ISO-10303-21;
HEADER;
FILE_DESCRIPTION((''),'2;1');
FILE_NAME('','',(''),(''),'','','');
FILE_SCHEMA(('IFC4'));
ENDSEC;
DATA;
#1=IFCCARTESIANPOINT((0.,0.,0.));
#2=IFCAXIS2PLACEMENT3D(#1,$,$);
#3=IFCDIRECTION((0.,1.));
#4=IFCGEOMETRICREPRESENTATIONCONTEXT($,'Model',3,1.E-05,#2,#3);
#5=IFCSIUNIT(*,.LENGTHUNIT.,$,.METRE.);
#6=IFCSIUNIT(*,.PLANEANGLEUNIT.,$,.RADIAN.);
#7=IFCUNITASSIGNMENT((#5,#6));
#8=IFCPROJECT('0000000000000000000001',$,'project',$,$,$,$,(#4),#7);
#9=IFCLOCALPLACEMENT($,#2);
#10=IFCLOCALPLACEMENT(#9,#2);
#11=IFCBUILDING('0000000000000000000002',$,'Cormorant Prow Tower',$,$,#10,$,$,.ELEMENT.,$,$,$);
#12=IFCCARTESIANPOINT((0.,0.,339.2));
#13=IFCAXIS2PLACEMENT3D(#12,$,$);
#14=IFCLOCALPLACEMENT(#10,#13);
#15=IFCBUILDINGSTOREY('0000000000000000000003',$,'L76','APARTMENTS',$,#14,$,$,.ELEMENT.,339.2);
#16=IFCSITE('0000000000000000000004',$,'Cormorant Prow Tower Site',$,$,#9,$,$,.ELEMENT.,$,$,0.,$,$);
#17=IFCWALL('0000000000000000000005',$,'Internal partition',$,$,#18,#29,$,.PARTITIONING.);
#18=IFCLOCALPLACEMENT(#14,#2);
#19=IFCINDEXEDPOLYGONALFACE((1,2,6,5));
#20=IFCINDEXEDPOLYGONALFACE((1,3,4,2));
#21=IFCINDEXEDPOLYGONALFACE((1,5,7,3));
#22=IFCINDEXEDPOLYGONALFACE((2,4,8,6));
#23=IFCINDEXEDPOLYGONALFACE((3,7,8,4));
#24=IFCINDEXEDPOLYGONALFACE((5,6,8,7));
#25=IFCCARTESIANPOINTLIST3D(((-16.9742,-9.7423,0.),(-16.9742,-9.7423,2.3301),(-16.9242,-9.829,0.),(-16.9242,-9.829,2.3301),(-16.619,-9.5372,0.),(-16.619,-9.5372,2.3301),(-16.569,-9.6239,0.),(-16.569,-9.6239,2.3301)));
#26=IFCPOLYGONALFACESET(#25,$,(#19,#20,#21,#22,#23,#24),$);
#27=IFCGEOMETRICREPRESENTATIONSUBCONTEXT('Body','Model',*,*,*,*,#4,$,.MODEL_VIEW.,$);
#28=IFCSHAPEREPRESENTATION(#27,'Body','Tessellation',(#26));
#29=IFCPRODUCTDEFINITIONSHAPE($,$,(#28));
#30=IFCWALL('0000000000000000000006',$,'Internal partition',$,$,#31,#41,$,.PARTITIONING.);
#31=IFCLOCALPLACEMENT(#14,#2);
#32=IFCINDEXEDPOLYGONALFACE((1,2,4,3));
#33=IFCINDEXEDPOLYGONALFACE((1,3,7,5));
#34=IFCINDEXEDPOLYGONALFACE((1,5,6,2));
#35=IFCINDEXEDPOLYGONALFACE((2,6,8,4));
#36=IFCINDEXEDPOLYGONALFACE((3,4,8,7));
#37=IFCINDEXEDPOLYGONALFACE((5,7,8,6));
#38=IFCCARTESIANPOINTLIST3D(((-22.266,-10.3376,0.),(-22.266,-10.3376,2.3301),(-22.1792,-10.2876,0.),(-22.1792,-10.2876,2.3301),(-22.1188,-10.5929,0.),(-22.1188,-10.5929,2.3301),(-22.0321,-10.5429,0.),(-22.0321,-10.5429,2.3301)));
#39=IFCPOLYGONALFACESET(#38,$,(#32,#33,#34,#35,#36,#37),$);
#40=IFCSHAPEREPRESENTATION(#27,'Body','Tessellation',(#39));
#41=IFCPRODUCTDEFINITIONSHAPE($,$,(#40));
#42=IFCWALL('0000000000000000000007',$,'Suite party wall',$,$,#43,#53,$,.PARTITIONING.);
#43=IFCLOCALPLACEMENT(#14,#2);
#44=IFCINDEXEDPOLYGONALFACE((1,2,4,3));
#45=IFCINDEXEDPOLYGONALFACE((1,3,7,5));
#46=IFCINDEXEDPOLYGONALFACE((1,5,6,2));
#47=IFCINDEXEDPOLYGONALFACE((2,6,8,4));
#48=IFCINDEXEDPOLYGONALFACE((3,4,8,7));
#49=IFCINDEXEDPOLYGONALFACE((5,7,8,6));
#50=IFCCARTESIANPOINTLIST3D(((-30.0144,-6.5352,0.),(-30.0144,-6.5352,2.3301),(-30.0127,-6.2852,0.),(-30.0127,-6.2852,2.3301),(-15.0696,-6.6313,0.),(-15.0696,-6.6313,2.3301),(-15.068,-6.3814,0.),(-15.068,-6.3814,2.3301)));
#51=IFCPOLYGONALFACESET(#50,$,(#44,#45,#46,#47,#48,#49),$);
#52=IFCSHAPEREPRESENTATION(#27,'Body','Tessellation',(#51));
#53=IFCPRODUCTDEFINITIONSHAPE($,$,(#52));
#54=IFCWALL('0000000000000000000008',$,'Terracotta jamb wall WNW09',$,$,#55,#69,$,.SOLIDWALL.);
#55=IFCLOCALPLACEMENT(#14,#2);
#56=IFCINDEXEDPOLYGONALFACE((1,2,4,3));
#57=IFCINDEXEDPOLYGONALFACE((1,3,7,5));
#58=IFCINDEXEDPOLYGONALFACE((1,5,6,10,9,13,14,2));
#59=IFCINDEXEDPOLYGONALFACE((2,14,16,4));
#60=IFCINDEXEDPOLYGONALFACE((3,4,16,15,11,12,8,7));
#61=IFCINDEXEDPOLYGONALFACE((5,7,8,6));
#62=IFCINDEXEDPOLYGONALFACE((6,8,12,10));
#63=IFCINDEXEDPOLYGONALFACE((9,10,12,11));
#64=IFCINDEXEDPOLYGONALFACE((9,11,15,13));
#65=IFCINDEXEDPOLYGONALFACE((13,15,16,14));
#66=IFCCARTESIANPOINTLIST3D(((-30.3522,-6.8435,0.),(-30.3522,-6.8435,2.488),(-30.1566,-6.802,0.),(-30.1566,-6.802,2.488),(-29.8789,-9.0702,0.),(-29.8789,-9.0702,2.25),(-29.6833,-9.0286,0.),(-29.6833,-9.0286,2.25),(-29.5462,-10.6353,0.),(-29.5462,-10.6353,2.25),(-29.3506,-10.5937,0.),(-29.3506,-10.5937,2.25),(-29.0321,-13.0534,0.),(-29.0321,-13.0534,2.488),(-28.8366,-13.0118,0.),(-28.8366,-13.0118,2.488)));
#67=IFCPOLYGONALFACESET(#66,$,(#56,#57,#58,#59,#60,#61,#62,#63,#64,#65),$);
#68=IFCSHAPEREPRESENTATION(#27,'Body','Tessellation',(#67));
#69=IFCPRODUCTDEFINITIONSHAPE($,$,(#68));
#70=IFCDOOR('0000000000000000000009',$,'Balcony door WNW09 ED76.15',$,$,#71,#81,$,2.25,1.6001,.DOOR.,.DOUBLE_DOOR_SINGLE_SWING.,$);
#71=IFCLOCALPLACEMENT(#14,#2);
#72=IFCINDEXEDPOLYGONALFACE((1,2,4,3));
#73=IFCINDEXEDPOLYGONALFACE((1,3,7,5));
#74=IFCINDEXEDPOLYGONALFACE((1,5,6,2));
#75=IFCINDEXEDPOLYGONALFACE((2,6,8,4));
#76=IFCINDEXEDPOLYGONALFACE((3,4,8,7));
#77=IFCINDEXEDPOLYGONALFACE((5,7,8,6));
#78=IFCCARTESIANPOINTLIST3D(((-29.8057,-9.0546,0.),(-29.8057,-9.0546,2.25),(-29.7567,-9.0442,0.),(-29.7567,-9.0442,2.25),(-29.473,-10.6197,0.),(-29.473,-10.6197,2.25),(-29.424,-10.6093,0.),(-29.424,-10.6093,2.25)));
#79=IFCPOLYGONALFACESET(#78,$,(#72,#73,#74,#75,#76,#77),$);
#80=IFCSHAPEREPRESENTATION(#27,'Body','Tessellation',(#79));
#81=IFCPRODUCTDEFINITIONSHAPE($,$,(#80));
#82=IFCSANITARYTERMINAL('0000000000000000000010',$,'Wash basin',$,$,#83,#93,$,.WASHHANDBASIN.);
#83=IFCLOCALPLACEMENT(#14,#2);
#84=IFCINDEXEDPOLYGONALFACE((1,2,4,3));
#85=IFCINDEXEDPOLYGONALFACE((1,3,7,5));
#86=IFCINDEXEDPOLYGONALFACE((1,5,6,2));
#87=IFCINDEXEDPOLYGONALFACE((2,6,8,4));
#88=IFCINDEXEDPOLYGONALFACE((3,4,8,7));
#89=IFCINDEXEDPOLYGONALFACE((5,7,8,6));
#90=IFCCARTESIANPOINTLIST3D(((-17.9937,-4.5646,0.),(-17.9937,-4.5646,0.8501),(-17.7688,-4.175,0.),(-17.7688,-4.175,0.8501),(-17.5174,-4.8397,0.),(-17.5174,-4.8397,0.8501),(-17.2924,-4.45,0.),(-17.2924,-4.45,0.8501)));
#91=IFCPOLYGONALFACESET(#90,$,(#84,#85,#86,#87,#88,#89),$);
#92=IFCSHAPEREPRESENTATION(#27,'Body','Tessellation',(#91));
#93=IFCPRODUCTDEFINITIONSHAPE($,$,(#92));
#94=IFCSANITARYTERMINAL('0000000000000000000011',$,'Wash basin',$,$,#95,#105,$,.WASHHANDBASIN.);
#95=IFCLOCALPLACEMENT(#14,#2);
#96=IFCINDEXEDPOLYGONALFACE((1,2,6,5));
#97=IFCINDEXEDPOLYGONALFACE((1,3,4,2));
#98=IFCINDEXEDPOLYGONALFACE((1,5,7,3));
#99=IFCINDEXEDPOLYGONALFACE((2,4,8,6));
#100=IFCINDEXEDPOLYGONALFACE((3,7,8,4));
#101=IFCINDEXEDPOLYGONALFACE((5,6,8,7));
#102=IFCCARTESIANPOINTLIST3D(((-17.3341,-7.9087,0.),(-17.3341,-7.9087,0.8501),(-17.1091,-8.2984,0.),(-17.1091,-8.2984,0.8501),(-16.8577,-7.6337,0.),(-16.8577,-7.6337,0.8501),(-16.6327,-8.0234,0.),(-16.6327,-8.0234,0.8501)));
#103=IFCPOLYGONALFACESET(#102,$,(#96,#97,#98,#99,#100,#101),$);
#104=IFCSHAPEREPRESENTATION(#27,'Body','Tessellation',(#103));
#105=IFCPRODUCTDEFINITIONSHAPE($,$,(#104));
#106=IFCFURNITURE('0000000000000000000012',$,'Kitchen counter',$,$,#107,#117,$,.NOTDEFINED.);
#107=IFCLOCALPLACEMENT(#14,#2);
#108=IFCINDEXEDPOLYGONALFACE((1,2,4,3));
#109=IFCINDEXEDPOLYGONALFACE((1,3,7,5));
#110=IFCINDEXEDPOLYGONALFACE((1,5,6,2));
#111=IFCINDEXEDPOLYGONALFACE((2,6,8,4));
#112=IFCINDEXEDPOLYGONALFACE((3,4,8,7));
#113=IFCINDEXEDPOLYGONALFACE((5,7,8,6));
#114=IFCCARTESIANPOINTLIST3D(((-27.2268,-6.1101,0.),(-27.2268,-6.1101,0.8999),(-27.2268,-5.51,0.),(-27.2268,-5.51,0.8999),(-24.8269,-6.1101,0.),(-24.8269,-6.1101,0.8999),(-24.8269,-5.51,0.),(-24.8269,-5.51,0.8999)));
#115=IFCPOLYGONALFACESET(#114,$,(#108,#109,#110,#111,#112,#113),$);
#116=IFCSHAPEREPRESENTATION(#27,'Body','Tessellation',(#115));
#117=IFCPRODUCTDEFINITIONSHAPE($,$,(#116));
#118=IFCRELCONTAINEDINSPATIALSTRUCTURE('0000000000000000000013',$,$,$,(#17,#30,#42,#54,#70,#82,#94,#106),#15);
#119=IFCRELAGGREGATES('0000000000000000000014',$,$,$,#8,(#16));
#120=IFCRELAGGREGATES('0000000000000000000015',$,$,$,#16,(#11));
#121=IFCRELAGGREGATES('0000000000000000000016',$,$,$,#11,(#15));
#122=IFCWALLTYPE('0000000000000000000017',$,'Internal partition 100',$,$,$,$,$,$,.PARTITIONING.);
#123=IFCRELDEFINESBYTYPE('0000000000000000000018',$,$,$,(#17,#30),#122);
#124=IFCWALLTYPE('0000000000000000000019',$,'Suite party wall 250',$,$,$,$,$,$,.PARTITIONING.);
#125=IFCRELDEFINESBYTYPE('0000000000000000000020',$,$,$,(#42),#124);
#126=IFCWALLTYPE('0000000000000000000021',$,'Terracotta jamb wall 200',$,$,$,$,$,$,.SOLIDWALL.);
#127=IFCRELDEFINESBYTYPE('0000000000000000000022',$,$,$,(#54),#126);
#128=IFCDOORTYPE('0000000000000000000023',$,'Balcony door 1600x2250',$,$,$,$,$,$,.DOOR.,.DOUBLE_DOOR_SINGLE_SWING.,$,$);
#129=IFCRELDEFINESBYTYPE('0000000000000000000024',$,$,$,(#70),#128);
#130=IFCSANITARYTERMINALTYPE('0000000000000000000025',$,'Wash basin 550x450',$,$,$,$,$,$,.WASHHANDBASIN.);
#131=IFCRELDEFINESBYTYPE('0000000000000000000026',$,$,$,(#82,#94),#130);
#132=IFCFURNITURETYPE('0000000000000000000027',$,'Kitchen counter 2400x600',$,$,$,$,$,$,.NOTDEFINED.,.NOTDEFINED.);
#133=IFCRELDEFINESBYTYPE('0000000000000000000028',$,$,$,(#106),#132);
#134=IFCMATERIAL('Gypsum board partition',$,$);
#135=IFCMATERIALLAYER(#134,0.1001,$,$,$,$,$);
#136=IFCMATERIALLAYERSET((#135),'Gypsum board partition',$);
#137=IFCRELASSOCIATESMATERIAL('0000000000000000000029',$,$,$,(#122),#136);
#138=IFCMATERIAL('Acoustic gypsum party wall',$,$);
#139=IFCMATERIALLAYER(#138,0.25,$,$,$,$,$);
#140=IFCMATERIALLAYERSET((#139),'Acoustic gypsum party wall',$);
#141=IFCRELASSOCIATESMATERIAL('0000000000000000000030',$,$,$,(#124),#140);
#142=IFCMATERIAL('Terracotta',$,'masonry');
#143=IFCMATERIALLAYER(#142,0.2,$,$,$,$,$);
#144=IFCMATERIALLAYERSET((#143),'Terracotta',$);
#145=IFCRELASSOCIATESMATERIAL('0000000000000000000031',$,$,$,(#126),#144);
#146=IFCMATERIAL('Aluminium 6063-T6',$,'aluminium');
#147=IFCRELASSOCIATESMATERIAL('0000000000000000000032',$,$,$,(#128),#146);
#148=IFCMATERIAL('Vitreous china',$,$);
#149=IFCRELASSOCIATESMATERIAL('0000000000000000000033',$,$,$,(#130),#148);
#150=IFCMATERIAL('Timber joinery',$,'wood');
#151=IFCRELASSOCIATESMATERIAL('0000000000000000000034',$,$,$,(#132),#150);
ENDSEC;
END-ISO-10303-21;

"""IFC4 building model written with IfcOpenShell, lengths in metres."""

from ifc_helpers import new_model, si_unit, direction, frame, frame_2d, origin, origin_2d, place, context, subcontext, project, spatial, rectangle, extrude, material, layer, layer_set, type_object, element, fill, save


model = new_model("IFC4")

# Units and contexts
model_context = context("Model", 3, precision=1e-05, world=origin(), true_north=direction((0.0, 1.0)))
body_context = subcontext(model_context, "Body", "Model", "MODEL_VIEW")
ifc_project = project(units=[si_unit("LENGTHUNIT", "METRE"), si_unit("PLANEANGLEUNIT", "RADIAN")], contexts=[model_context])

# Site, building, storey
site_placement = place(None, origin())
site = spatial("IfcSite", under=ifc_project, at=site_placement, Name="Cormorant Prow Tower Site", CompositionType="ELEMENT", RefElevation=0.0)
building_placement = place(site_placement, origin())
building = spatial("IfcBuilding", under=site, at=building_placement, Name="Cormorant Prow Tower", CompositionType="ELEMENT")
storey_placement = place(building_placement, frame((0.0, 0.0, 339.2)))
storey = spatial("IfcBuildingStorey", under=building, at=storey_placement, Name="L76", Description="APARTMENTS", CompositionType="ELEMENT", Elevation=339.2)

# Shared definitions
ifc_material_1 = material(Name="Gypsum board partition")
ifc_layer_1 = layer(ifc_material_1, 0.1001)
ifc_layer_set_1 = layer_set([ifc_layer_1], Name="Gypsum board partition")
wall_type_1 = type_object("IfcWallType", Name="Internal partition 100", PredefinedType="PARTITIONING", material=ifc_layer_set_1)

# Walls
wall_1_placement = place(storey_placement, frame((-16.9492, -9.7856, 0.0), z_axis=(0.0, 0.0, 1.0), x_axis=(0.866037, 0.49998, 0.0)))
element("IfcWall", 1, at=wall_1_placement, inside=storey, type_object=wall_type_1, Name="Internal partition", PredefinedType="PARTITIONING", context=body_context, shape_type="SweptSolid", body=[
    extrude(rectangle(XDim=0.4102, YDim=0.1001, at=frame_2d((0.2051, 0.0))), origin(), (0.0, 0.0, 1.0), 2.3301),
])
wall_2_placement = place(storey_placement, frame((-22.2227, -10.3125, 0.0), z_axis=(0.0, 0.0, 1.0), x_axis=(0.499436, -0.866351, 0.0)))
element("IfcWall", 2, at=wall_2_placement, inside=storey, type_object=wall_type_1, Name="Internal partition", PredefinedType="PARTITIONING", context=body_context, shape_type="SweptSolid", body=[
    extrude(rectangle(XDim=0.2947, YDim=0.1001, at=frame_2d((0.1475, 0.0))), origin(), (0.0, 0.0, 1.0), 2.3301),
])
ifc_material_2 = material(Name="Acoustic gypsum party wall")
ifc_layer_2 = layer(ifc_material_2, 0.25)
ifc_layer_set_2 = layer_set([ifc_layer_2], Name="Acoustic gypsum party wall")
wall_type_2 = type_object("IfcWallType", Name="Suite party wall 250", PredefinedType="PARTITIONING", material=ifc_layer_set_2)
wall_3_placement = place(storey_placement, frame((-30.0137, -6.4102, 0.0), z_axis=(0.0, 0.0, 1.0), x_axis=(0.999979, -0.006436, 0.0)))
element("IfcWall", 3, at=wall_3_placement, inside=storey, type_object=wall_type_2, Name="Suite party wall", PredefinedType="PARTITIONING", context=body_context, shape_type="SweptSolid", body=[
    extrude(rectangle(XDim=14.9451, YDim=0.25, at=frame_2d((7.4727, 0.0))), origin(), (0.0, 0.0, 1.0), 2.3301),
])

# Wall, opening, door
ifc_material_3 = material(Name="Terracotta", Category="masonry")
ifc_layer_3 = layer(ifc_material_3, 0.2)
ifc_layer_set_3 = layer_set([ifc_layer_3], Name="Terracotta")
wall_type_3 = type_object("IfcWallType", Name="Terracotta jamb wall 200", PredefinedType="SOLIDWALL", material=ifc_layer_set_3)
wall_4_placement = place(storey_placement, frame((-30.2544, -6.8228, 0.0), z_axis=(0.0, 0.0, 1.0), x_axis=(0.207927, -0.978144, 0.0)))
wall_4 = element("IfcWall", 4, at=wall_4_placement, inside=storey, type_object=wall_type_3, Name="Terracotta jamb wall WNW09", PredefinedType="SOLIDWALL", context=body_context, shape_type="SweptSolid", body=[
    extrude(rectangle(XDim=6.3486, YDim=0.2, at=frame_2d((3.1743, 0.0))), origin(), (0.0, 0.0, 1.0), 2.488),
])
opening_1_placement = place(wall_4_placement, frame((2.2764, 0.0, 0.0)))
opening_1 = element("IfcOpeningElement", 5, at=opening_1_placement, cuts=wall_4, PredefinedType="OPENING", context=body_context, shape_type="SweptSolid", body=[
    extrude(rectangle(XDim=1.6001, YDim=2.25, at=frame_2d((0.8, 1.125))), frame((0.0, 0.1099, 0.0), z_axis=(0.0, -1.0, 0.0), x_axis=(1.0, 0.0, 0.0)), (0.0, 0.0, 1.0), 0.22),
])
ifc_material_4 = material(Name="Aluminium 6063-T6", Category="aluminium")
door_type_1 = type_object("IfcDoorType", Name="Balcony door 1600x2250", OperationType="DOUBLE_DOOR_SINGLE_SWING", PredefinedType="DOOR", material=ifc_material_4)
door_1_placement = place(opening_1_placement, origin())
door_1 = element("IfcDoor", 6, at=door_1_placement, inside=storey, type_object=door_type_1, Name="Balcony door WNW09 ED76.15", OperationType="DOUBLE_DOOR_SINGLE_SWING", OverallHeight=2.25, OverallWidth=1.6001, PredefinedType="DOOR", context=body_context, shape_type="SweptSolid", body=[
    extrude(rectangle(XDim=1.6001, YDim=2.25, at=frame_2d((0.8, 1.125))), frame((0.0, 0.0249, 0.0), z_axis=(0.0, -1.0, 0.0), x_axis=(1.0, 0.0, 0.0)), (0.0, 0.0, 1.0), 0.05),
])
fill(opening_1, door_1)

# Sanitary terminals
ifc_material_5 = material(Name="Vitreous china")
sanitary_terminal_type = type_object("IfcSanitaryTerminalType", Name="Wash basin 550x450", PredefinedType="WASHHANDBASIN", material=ifc_material_5)
for number, where, z_axis, x_axis, name in (
    (7, (-17.6431, -4.5073, 0.0), (0.0, 0.0, 1.0), (-0.866025, 0.5, 0.0), "Wash basin"),
    (8, (-16.9834, -7.9661, 0.0), (0.0, 0.0, 1.0), (0.866025, 0.5, 0.0), "Wash basin"),
):
    element("IfcSanitaryTerminal", number, at=place(storey_placement, frame(where, z_axis=z_axis, x_axis=x_axis)), inside=storey, type_object=sanitary_terminal_type, Name=name, PredefinedType="WASHHANDBASIN", context=body_context, shape_type="SweptSolid", body=[
        extrude(rectangle(XDim=0.55, YDim=0.45, at=origin_2d()), origin(), (0.0, 0.0, 1.0), 0.8501),
    ])

# Furniture
ifc_material_6 = material(Name="Timber joinery", Category="wood")
furniture_type = type_object("IfcFurnitureType", Name="Kitchen counter 2400x600", AssemblyPlace="NOTDEFINED", PredefinedType="NOTDEFINED", material=ifc_material_6)
furniture_placement = place(storey_placement, frame((-26.0269, -5.8101, 0.0), z_axis=(0.0, 0.0, 1.0), x_axis=(1.0, 0.0, 0.0)))
element("IfcFurniture", 9, at=furniture_placement, inside=storey, type_object=furniture_type, Name="Kitchen counter", PredefinedType="NOTDEFINED", context=body_context, shape_type="SweptSolid", body=[
    extrude(rectangle(XDim=2.3999, YDim=0.6001, at=origin_2d()), origin(), (0.0, 0.0, 1.0), 0.8999),
])

save(model, "model.ifc")
